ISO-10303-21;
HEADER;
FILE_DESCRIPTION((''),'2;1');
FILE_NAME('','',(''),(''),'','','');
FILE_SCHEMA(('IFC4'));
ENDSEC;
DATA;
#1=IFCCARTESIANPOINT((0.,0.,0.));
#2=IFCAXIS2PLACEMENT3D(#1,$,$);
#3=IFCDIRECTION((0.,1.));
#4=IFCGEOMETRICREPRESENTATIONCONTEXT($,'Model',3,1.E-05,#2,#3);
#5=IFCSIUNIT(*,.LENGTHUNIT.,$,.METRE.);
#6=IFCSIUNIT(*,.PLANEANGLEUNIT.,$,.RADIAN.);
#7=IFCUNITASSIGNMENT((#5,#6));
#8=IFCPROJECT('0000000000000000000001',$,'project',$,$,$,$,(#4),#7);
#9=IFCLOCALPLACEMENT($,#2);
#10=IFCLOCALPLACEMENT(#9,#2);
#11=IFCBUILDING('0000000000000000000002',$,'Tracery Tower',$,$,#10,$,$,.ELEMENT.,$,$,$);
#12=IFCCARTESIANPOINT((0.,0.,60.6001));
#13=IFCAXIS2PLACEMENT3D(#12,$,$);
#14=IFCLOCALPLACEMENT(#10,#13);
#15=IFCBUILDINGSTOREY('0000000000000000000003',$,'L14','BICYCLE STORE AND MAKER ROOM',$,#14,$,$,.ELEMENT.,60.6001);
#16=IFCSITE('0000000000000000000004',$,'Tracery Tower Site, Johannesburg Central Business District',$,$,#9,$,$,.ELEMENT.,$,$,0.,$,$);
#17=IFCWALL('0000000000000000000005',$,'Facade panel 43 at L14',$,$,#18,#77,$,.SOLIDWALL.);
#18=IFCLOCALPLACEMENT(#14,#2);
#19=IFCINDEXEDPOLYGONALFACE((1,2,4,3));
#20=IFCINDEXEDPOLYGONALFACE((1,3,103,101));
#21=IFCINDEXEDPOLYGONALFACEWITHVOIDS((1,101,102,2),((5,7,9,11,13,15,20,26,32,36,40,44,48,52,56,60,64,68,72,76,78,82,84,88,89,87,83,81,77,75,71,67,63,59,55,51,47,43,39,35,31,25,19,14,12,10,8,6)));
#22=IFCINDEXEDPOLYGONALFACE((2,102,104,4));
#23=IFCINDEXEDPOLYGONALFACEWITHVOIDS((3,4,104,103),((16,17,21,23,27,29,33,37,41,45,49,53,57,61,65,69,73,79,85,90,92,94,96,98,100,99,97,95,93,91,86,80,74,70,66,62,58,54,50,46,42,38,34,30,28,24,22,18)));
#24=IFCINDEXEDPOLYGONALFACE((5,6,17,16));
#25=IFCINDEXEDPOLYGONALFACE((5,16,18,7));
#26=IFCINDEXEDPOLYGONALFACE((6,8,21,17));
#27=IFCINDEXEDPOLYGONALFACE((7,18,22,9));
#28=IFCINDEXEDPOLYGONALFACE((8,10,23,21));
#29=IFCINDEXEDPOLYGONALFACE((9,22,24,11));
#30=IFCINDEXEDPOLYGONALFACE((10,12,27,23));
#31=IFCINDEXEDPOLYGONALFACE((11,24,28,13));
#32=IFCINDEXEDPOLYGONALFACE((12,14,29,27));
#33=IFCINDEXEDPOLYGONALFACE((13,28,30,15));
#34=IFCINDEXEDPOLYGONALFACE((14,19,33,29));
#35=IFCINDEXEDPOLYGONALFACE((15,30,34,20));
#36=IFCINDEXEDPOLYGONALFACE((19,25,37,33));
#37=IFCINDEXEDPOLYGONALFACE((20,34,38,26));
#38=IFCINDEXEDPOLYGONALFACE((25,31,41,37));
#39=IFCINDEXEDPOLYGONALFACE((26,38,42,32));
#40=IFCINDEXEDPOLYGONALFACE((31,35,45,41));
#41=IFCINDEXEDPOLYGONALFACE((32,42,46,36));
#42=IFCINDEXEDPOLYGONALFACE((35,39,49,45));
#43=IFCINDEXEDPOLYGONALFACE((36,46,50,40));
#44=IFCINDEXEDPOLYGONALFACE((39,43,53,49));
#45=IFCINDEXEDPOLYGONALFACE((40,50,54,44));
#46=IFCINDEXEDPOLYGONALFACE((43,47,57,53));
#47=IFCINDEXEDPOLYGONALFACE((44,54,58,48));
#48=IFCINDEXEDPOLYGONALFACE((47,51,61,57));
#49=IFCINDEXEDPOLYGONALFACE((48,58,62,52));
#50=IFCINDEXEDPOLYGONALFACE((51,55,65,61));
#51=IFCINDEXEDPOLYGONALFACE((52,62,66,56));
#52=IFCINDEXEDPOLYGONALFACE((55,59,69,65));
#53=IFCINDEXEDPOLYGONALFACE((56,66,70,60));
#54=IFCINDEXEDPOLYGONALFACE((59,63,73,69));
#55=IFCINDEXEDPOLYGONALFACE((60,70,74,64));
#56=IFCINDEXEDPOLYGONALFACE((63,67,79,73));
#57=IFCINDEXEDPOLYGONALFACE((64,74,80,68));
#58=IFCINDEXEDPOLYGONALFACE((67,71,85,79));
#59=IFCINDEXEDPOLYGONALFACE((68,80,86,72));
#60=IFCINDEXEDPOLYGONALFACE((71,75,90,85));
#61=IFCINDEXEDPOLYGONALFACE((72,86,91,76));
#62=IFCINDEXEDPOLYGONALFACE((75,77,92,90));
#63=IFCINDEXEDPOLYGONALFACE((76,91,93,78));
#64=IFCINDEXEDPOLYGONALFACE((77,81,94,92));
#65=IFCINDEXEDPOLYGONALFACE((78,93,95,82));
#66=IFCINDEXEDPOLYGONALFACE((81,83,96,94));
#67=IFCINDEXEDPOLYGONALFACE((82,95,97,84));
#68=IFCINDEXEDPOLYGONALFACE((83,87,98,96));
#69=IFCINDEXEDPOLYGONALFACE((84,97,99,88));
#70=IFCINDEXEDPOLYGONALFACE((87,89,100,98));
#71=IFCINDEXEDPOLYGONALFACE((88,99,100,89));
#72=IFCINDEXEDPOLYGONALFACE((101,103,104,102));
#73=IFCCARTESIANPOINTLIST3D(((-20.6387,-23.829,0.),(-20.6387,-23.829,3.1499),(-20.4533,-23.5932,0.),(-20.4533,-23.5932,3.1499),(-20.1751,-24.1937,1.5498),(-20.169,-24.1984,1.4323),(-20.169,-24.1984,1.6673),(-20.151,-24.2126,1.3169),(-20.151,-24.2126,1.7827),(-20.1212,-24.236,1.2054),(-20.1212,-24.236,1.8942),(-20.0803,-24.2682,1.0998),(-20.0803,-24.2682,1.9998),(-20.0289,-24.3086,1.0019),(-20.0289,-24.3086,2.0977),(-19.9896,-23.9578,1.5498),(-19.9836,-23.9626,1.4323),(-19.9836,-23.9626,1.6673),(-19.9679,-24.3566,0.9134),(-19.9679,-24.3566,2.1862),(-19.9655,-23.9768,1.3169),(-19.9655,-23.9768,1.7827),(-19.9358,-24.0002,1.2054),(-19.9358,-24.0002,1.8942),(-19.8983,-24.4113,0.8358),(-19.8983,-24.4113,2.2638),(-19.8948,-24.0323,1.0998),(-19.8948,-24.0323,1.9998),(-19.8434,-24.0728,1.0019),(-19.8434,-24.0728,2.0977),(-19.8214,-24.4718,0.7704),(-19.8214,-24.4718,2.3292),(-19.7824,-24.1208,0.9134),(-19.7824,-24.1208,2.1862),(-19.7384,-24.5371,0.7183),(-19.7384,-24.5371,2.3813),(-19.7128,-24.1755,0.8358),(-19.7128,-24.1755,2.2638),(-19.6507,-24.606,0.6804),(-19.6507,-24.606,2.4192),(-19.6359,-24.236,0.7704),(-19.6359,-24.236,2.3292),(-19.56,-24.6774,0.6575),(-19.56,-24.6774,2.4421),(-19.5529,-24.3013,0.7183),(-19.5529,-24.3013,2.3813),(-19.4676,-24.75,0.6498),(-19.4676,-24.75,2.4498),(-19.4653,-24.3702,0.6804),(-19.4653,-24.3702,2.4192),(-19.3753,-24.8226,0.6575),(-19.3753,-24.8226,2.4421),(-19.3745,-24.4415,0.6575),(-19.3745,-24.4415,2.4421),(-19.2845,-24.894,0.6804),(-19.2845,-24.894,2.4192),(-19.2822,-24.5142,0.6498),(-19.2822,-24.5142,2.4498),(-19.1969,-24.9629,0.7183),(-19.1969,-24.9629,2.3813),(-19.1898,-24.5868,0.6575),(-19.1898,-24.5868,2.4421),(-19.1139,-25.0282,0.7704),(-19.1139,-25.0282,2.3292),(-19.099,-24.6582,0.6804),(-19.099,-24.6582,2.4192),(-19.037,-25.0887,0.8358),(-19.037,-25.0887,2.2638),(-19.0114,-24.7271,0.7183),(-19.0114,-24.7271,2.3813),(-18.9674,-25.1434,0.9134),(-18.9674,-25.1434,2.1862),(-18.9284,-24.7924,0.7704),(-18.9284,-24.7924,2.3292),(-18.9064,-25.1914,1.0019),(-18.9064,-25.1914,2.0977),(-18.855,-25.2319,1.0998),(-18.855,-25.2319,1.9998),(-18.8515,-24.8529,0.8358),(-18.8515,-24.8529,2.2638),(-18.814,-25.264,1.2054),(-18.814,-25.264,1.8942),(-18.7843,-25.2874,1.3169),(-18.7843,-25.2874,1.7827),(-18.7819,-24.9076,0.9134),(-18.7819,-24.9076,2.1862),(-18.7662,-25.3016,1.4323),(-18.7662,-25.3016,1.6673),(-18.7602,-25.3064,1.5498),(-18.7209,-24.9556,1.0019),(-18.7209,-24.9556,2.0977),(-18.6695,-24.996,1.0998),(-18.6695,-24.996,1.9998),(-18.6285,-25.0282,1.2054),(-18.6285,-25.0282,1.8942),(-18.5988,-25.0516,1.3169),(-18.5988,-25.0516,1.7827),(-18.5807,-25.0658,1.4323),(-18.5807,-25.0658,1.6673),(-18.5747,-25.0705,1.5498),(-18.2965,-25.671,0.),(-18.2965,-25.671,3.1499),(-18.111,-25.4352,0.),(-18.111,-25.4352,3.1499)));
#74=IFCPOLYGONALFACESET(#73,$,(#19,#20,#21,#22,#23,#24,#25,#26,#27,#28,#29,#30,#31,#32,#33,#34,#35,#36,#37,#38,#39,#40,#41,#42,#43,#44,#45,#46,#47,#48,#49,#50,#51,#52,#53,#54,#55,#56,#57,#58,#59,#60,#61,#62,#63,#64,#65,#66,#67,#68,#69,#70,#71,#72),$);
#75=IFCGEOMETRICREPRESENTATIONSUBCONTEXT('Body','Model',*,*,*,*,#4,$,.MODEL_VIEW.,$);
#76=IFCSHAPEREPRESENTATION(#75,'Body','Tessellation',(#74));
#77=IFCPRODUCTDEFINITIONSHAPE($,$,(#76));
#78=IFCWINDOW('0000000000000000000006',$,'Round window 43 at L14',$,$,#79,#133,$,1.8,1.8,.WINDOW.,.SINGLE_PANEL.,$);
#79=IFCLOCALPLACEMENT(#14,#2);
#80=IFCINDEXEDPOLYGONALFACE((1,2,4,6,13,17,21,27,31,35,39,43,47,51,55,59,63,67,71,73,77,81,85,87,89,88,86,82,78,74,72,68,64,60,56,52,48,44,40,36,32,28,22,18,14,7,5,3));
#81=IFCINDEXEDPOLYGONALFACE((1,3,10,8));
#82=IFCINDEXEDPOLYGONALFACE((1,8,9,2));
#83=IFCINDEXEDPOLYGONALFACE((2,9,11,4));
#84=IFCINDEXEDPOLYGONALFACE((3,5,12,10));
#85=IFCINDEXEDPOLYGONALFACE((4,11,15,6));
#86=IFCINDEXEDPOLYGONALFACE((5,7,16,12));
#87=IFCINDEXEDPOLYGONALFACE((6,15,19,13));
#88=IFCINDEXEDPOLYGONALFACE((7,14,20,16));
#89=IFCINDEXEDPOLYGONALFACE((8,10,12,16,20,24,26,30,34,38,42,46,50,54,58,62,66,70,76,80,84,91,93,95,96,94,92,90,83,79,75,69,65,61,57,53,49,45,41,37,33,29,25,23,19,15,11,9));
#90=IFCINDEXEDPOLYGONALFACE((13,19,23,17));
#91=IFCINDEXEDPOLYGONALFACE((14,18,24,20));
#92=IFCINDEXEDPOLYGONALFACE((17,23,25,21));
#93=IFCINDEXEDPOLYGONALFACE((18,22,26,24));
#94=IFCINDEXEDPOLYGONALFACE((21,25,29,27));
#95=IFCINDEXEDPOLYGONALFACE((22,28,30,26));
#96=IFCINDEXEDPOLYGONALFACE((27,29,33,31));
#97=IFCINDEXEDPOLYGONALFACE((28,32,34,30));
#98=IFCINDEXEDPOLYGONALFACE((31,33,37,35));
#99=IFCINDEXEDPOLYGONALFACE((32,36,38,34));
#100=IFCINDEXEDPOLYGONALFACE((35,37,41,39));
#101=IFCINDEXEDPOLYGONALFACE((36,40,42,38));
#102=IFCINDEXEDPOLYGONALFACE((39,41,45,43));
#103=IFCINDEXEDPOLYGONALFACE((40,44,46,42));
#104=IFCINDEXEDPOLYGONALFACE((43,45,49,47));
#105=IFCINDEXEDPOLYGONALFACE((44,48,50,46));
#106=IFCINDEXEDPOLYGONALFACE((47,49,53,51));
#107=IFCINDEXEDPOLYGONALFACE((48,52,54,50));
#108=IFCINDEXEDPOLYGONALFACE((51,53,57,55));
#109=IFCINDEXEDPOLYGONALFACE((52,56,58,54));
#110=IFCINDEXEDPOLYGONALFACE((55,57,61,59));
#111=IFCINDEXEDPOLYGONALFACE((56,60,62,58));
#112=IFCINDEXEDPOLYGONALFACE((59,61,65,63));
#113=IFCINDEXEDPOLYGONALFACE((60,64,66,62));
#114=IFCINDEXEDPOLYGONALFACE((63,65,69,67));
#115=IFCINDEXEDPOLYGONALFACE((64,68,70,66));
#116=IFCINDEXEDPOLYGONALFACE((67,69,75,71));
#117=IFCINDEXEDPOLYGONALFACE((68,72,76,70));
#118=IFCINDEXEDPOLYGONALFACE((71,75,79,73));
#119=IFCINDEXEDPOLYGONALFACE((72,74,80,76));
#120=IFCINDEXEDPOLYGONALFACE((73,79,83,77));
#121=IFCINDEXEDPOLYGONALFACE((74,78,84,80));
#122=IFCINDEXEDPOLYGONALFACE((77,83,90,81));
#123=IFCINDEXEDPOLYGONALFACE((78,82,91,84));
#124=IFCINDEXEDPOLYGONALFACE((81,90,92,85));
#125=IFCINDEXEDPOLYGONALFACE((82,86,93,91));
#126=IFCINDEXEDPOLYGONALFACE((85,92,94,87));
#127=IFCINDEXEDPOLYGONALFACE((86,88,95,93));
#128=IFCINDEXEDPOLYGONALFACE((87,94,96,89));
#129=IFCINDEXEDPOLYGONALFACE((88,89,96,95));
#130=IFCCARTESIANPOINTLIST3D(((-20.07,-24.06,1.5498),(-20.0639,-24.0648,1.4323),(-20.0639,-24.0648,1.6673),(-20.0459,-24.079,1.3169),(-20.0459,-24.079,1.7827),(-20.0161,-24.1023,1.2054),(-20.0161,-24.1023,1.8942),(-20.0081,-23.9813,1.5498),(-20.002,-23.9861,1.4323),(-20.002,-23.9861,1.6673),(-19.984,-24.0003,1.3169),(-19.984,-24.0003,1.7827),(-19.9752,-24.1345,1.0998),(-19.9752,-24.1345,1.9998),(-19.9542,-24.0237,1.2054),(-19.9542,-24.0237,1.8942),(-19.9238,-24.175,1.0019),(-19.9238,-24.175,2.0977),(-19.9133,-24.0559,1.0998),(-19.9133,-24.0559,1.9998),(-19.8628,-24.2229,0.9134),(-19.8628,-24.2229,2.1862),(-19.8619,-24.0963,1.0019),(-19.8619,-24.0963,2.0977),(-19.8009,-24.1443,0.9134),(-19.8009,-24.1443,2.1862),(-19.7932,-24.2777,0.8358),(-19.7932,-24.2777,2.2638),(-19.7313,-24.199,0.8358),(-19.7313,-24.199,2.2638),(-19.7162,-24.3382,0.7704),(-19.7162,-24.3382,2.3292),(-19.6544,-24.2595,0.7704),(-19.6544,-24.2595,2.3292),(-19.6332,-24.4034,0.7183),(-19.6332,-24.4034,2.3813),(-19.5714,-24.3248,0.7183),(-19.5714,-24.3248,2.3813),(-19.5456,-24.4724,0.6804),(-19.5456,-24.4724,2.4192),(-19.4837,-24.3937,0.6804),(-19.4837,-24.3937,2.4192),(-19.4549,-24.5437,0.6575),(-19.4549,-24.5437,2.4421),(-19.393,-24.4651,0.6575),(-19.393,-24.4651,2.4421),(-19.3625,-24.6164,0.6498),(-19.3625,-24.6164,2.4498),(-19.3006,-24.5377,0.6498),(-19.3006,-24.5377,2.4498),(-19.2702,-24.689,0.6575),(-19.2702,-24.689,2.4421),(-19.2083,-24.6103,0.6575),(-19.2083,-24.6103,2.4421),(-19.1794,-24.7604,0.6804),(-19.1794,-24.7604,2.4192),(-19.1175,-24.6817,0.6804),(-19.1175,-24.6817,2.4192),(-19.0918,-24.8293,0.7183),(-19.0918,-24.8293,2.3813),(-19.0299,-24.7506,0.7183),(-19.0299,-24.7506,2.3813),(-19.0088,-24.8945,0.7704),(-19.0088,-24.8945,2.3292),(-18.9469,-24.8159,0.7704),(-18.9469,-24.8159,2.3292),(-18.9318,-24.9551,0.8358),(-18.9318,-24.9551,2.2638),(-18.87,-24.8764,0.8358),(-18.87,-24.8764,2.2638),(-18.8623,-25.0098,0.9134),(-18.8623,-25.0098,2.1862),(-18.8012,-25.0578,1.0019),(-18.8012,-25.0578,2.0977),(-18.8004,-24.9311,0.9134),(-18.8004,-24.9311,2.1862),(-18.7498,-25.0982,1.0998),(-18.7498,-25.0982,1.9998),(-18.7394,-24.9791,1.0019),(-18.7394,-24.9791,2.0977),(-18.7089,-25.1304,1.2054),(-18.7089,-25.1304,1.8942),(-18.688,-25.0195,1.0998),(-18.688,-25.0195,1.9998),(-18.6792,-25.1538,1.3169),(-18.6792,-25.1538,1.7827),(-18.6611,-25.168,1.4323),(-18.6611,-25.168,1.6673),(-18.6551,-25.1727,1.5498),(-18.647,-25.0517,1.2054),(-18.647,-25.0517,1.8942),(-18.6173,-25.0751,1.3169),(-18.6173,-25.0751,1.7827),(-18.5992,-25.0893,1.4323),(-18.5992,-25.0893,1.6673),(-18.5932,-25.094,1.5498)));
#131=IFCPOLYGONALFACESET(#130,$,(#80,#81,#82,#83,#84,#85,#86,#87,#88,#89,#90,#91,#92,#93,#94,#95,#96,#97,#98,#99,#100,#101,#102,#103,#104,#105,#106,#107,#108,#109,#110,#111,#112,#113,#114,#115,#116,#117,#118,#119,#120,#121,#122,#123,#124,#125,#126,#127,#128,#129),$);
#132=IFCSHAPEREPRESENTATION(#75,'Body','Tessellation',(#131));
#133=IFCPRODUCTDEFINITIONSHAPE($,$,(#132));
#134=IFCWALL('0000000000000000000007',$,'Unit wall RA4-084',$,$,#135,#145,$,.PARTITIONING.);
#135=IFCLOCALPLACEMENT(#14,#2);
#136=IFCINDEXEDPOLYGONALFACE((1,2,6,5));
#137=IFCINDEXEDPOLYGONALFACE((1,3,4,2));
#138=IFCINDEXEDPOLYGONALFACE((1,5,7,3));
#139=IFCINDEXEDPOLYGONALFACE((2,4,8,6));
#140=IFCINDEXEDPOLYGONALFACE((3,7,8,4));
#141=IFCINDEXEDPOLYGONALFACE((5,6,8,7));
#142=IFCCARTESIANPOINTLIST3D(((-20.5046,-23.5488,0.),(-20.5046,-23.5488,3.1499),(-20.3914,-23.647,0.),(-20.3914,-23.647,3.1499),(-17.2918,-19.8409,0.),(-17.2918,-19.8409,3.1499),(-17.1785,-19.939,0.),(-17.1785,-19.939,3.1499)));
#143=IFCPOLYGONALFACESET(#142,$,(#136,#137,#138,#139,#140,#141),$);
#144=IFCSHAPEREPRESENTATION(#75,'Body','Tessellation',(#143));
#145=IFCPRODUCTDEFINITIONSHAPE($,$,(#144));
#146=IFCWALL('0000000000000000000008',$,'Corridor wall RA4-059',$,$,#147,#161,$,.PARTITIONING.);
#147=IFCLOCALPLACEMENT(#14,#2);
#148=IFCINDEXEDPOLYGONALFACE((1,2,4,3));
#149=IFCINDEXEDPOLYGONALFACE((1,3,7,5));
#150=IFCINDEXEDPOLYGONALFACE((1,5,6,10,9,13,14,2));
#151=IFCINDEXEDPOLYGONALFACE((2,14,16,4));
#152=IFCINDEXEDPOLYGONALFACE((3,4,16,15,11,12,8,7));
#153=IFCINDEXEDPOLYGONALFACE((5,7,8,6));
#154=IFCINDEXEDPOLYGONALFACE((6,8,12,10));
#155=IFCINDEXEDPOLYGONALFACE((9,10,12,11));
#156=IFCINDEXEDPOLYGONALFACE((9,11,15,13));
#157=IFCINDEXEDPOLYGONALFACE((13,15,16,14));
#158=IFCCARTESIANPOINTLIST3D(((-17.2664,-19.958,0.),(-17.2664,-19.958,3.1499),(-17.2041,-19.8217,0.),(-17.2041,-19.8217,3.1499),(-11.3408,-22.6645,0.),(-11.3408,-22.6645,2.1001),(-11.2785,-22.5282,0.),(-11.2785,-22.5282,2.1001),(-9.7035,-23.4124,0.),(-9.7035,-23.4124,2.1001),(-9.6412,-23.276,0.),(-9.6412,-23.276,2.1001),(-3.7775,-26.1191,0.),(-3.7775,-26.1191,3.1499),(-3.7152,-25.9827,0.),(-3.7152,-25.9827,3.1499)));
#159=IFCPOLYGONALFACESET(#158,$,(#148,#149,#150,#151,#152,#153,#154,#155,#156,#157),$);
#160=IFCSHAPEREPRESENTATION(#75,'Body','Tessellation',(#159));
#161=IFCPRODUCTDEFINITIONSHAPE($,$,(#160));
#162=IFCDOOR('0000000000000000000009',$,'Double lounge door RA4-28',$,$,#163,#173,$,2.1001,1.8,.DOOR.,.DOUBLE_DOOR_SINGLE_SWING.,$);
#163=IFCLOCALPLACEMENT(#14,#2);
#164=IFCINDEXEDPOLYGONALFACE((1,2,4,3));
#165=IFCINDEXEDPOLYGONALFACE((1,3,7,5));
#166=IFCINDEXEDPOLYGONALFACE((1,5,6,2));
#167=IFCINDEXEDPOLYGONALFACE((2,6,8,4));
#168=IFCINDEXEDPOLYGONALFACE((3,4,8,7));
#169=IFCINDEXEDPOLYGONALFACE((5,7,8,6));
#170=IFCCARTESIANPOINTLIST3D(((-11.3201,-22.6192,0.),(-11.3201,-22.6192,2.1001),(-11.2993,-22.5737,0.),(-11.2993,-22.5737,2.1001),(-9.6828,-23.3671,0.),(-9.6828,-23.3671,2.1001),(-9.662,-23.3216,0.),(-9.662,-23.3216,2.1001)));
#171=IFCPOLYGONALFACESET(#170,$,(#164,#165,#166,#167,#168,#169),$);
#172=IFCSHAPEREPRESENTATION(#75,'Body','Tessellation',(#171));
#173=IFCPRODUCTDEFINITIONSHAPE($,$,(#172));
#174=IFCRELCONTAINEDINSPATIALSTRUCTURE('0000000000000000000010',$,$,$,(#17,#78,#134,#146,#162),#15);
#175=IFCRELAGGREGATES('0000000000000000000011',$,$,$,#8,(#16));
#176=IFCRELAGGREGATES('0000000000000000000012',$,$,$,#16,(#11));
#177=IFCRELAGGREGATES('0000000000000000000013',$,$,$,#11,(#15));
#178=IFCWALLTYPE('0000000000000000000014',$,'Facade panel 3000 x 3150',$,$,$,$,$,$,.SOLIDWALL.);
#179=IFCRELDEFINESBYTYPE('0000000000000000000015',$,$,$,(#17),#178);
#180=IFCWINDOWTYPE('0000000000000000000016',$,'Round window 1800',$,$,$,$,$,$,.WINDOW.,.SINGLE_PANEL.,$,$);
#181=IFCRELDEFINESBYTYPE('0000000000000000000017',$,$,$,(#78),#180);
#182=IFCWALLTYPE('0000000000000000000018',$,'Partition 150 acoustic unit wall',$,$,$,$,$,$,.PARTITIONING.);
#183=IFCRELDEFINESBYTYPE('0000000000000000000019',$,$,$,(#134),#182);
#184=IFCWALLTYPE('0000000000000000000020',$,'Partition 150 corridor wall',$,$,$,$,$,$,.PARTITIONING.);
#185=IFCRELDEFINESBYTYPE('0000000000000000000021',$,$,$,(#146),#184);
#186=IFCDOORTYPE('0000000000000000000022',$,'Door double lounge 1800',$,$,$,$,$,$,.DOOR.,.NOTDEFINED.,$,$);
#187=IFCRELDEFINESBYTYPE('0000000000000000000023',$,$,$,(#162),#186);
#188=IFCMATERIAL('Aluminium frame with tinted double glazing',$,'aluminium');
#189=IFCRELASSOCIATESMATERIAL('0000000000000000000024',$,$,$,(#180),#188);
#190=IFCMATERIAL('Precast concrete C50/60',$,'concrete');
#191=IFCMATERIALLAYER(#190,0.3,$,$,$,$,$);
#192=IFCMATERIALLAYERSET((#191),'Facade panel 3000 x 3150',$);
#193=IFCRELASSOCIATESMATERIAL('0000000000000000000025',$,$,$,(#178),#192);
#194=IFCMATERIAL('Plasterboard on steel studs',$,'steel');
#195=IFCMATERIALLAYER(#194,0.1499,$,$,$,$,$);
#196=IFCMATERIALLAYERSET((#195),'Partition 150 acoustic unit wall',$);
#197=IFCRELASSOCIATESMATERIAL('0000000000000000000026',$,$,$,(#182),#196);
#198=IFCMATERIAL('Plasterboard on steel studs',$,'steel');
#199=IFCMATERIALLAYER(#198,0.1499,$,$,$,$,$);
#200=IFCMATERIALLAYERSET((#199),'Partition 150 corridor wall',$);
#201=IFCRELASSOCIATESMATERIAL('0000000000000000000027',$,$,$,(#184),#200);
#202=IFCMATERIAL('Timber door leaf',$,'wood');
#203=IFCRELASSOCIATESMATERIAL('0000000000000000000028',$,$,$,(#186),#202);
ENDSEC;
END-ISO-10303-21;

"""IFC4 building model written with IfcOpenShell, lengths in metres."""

from ifc_helpers import new_model, si_unit, direction, frame, frame_2d, origin, origin_2d, place, context, subcontext, project, spatial, rectangle, circle, extrude, material, layer, layer_set, type_object, element, fill, save


model = new_model("IFC4")

# Units and contexts
model_context = context("Model", 3, precision=1e-05, world=origin(), true_north=direction((0.0, 1.0)))
body_context = subcontext(model_context, "Body", "Model", "MODEL_VIEW")
ifc_project = project(units=[si_unit("LENGTHUNIT", "METRE"), si_unit("PLANEANGLEUNIT", "RADIAN")], contexts=[model_context])

# Site, building, storey
site_placement = place(None, origin())
site = spatial("IfcSite", under=ifc_project, at=site_placement, Name="Tracery Tower Site, Johannesburg Central Business District", CompositionType="ELEMENT", RefElevation=0.0)
building_placement = place(site_placement, origin())
building = spatial("IfcBuilding", under=site, at=building_placement, Name="Tracery Tower", CompositionType="ELEMENT")
storey_placement = place(building_placement, frame((0.0, 0.0, 60.6001)))
storey = spatial("IfcBuildingStorey", under=building, at=storey_placement, Name="L14", Description="BICYCLE STORE AND MAKER ROOM", CompositionType="ELEMENT", Elevation=60.6001)

# Wall, opening, window
ifc_material_1 = material(Name="Aluminium frame with tinted double glazing", Category="aluminium")
window_type = type_object("IfcWindowType", Name="Round window 1800", PartitioningType="SINGLE_PANEL", PredefinedType="WINDOW", material=ifc_material_1)
ifc_material_2 = material(Name="Precast concrete C50/60", Category="concrete")
ifc_layer_1 = layer(ifc_material_2, 0.3)
ifc_layer_set_1 = layer_set([ifc_layer_1], Name="Facade panel 3000 x 3150")
wall_type_1 = type_object("IfcWallType", Name="Facade panel 3000 x 3150", PredefinedType="SOLIDWALL", material=ifc_layer_set_1)
wall_1_placement = place(storey_placement, frame((-20.5459, -23.7112, 0.0), z_axis=(0.0, 0.0, 1.0), x_axis=(0.786045, -0.618169, 0.0)))
wall_1 = element("IfcWall", 1, at=wall_1_placement, inside=storey, type_object=wall_type_1, Name="Facade panel 43 at L14", PredefinedType="SOLIDWALL", context=body_context, shape_type="SweptSolid", body=[
    extrude(rectangle(XDim=2.9797, YDim=0.3, at=frame_2d((1.4897, 0.0))), origin(), (0.0, 0.0, 1.0), 3.1499),
])
opening_1_placement = place(wall_1_placement, frame((1.4897, 0.0, 1.5498)))
opening_1 = element("IfcOpeningElement", 2, at=opening_1_placement, cuts=wall_1, PredefinedType="OPENING", context=body_context, shape_type="SweptSolid", body=[
    extrude(circle(Radius=0.9, at=origin_2d()), frame((0.0, 0.1599, 0.0), z_axis=(0.0, -1.0, 0.0), x_axis=(1.0, 0.0, 0.0)), (0.0, 0.0, 1.0), 0.3201),
])
window_1_placement = place(opening_1_placement, origin())
window_1 = element("IfcWindow", 3, at=window_1_placement, inside=storey, type_object=window_type, Name="Round window 43 at L14", OverallHeight=1.8, OverallWidth=1.8, PartitioningType="SINGLE_PANEL", PredefinedType="WINDOW", context=body_context, shape_type="SweptSolid", body=[
    extrude(circle(Radius=0.9, at=origin_2d()), frame((0.0, 0.1201, 0.0), z_axis=(0.0, -1.0, 0.0), x_axis=(1.0, 0.0, 0.0)), (0.0, 0.0, 1.0), 0.1001),
])
fill(opening_1, window_1)

# Wall
ifc_material_3 = material(Name="Plasterboard on steel studs", Category="steel")
ifc_layer_2 = layer(ifc_material_3, 0.1499)
ifc_layer_set_2 = layer_set([ifc_layer_2], Name="Partition 150 acoustic unit wall")
wall_type_2 = type_object("IfcWallType", Name="Partition 150 acoustic unit wall", PredefinedType="PARTITIONING", material=ifc_layer_set_2)
wall_2_placement = place(storey_placement, frame((-20.448, -23.5979, 0.0), z_axis=(0.0, 0.0, 1.0), x_axis=(0.654847, 0.755761, 0.0)))
element("IfcWall", 4, at=wall_2_placement, inside=storey, type_object=wall_type_2, Name="Unit wall RA4-084", PredefinedType="PARTITIONING", context=body_context, shape_type="SweptSolid", body=[
    extrude(rectangle(XDim=4.9062, YDim=0.1499, at=frame_2d((2.4531, 0.0))), origin(), (0.0, 0.0, 1.0), 3.1499),
])

# Wall, opening, door
ifc_material_4 = material(Name="Plasterboard on steel studs", Category="steel")
ifc_layer_3 = layer(ifc_material_4, 0.1499)
ifc_layer_set_3 = layer_set([ifc_layer_3], Name="Partition 150 corridor wall")
wall_type_3 = type_object("IfcWallType", Name="Partition 150 corridor wall", PredefinedType="PARTITIONING", material=ifc_layer_set_3)
wall_3_placement = place(storey_placement, frame((-17.2351, -19.8899, 0.0), z_axis=(0.0, 0.0, 1.0), x_axis=(0.909609, -0.415466, 0.0)))
wall_3 = element("IfcWall", 5, at=wall_3_placement, inside=storey, type_object=wall_type_3, Name="Corridor wall RA4-059", PredefinedType="PARTITIONING", context=body_context, shape_type="SweptSolid", body=[
    extrude(rectangle(XDim=14.8293, YDim=0.1499, at=frame_2d((7.4146, 0.0))), origin(), (0.0, 0.0, 1.0), 3.1499),
])
opening_2_placement = place(wall_3_placement, frame((6.5144, 0.0, 0.0)))
opening_2 = element("IfcOpeningElement", 6, at=opening_2_placement, cuts=wall_3, PredefinedType="OPENING", context=body_context, shape_type="SweptSolid", body=[
    extrude(rectangle(XDim=1.8, YDim=2.1001, at=frame_2d((0.8999, 1.05))), frame((0.0, 0.075, 0.0), z_axis=(0.0, -1.0, 0.0), x_axis=(1.0, 0.0, 0.0)), (0.0, 0.0, 1.0), 0.1499),
])
ifc_material_5 = material(Name="Timber door leaf", Category="wood")
door_type = type_object("IfcDoorType", Name="Door double lounge 1800", OperationType="NOTDEFINED", PredefinedType="DOOR", material=ifc_material_5)
door_placement = place(opening_2_placement, origin())
door = element("IfcDoor", 7, at=door_placement, inside=storey, type_object=door_type, Name="Double lounge door RA4-28", OperationType="DOUBLE_DOOR_SINGLE_SWING", OverallHeight=2.1001, OverallWidth=1.8, PredefinedType="DOOR", context=body_context, shape_type="SweptSolid", body=[
    extrude(rectangle(XDim=1.8, YDim=2.1001, at=frame_2d((0.8999, 1.05))), frame((0.0, 0.0249, 0.0), z_axis=(0.0, -1.0, 0.0), x_axis=(1.0, 0.0, 0.0)), (0.0, 0.0, 1.0), 0.05),
])
fill(opening_2, door)

save(model, "model.ifc")
